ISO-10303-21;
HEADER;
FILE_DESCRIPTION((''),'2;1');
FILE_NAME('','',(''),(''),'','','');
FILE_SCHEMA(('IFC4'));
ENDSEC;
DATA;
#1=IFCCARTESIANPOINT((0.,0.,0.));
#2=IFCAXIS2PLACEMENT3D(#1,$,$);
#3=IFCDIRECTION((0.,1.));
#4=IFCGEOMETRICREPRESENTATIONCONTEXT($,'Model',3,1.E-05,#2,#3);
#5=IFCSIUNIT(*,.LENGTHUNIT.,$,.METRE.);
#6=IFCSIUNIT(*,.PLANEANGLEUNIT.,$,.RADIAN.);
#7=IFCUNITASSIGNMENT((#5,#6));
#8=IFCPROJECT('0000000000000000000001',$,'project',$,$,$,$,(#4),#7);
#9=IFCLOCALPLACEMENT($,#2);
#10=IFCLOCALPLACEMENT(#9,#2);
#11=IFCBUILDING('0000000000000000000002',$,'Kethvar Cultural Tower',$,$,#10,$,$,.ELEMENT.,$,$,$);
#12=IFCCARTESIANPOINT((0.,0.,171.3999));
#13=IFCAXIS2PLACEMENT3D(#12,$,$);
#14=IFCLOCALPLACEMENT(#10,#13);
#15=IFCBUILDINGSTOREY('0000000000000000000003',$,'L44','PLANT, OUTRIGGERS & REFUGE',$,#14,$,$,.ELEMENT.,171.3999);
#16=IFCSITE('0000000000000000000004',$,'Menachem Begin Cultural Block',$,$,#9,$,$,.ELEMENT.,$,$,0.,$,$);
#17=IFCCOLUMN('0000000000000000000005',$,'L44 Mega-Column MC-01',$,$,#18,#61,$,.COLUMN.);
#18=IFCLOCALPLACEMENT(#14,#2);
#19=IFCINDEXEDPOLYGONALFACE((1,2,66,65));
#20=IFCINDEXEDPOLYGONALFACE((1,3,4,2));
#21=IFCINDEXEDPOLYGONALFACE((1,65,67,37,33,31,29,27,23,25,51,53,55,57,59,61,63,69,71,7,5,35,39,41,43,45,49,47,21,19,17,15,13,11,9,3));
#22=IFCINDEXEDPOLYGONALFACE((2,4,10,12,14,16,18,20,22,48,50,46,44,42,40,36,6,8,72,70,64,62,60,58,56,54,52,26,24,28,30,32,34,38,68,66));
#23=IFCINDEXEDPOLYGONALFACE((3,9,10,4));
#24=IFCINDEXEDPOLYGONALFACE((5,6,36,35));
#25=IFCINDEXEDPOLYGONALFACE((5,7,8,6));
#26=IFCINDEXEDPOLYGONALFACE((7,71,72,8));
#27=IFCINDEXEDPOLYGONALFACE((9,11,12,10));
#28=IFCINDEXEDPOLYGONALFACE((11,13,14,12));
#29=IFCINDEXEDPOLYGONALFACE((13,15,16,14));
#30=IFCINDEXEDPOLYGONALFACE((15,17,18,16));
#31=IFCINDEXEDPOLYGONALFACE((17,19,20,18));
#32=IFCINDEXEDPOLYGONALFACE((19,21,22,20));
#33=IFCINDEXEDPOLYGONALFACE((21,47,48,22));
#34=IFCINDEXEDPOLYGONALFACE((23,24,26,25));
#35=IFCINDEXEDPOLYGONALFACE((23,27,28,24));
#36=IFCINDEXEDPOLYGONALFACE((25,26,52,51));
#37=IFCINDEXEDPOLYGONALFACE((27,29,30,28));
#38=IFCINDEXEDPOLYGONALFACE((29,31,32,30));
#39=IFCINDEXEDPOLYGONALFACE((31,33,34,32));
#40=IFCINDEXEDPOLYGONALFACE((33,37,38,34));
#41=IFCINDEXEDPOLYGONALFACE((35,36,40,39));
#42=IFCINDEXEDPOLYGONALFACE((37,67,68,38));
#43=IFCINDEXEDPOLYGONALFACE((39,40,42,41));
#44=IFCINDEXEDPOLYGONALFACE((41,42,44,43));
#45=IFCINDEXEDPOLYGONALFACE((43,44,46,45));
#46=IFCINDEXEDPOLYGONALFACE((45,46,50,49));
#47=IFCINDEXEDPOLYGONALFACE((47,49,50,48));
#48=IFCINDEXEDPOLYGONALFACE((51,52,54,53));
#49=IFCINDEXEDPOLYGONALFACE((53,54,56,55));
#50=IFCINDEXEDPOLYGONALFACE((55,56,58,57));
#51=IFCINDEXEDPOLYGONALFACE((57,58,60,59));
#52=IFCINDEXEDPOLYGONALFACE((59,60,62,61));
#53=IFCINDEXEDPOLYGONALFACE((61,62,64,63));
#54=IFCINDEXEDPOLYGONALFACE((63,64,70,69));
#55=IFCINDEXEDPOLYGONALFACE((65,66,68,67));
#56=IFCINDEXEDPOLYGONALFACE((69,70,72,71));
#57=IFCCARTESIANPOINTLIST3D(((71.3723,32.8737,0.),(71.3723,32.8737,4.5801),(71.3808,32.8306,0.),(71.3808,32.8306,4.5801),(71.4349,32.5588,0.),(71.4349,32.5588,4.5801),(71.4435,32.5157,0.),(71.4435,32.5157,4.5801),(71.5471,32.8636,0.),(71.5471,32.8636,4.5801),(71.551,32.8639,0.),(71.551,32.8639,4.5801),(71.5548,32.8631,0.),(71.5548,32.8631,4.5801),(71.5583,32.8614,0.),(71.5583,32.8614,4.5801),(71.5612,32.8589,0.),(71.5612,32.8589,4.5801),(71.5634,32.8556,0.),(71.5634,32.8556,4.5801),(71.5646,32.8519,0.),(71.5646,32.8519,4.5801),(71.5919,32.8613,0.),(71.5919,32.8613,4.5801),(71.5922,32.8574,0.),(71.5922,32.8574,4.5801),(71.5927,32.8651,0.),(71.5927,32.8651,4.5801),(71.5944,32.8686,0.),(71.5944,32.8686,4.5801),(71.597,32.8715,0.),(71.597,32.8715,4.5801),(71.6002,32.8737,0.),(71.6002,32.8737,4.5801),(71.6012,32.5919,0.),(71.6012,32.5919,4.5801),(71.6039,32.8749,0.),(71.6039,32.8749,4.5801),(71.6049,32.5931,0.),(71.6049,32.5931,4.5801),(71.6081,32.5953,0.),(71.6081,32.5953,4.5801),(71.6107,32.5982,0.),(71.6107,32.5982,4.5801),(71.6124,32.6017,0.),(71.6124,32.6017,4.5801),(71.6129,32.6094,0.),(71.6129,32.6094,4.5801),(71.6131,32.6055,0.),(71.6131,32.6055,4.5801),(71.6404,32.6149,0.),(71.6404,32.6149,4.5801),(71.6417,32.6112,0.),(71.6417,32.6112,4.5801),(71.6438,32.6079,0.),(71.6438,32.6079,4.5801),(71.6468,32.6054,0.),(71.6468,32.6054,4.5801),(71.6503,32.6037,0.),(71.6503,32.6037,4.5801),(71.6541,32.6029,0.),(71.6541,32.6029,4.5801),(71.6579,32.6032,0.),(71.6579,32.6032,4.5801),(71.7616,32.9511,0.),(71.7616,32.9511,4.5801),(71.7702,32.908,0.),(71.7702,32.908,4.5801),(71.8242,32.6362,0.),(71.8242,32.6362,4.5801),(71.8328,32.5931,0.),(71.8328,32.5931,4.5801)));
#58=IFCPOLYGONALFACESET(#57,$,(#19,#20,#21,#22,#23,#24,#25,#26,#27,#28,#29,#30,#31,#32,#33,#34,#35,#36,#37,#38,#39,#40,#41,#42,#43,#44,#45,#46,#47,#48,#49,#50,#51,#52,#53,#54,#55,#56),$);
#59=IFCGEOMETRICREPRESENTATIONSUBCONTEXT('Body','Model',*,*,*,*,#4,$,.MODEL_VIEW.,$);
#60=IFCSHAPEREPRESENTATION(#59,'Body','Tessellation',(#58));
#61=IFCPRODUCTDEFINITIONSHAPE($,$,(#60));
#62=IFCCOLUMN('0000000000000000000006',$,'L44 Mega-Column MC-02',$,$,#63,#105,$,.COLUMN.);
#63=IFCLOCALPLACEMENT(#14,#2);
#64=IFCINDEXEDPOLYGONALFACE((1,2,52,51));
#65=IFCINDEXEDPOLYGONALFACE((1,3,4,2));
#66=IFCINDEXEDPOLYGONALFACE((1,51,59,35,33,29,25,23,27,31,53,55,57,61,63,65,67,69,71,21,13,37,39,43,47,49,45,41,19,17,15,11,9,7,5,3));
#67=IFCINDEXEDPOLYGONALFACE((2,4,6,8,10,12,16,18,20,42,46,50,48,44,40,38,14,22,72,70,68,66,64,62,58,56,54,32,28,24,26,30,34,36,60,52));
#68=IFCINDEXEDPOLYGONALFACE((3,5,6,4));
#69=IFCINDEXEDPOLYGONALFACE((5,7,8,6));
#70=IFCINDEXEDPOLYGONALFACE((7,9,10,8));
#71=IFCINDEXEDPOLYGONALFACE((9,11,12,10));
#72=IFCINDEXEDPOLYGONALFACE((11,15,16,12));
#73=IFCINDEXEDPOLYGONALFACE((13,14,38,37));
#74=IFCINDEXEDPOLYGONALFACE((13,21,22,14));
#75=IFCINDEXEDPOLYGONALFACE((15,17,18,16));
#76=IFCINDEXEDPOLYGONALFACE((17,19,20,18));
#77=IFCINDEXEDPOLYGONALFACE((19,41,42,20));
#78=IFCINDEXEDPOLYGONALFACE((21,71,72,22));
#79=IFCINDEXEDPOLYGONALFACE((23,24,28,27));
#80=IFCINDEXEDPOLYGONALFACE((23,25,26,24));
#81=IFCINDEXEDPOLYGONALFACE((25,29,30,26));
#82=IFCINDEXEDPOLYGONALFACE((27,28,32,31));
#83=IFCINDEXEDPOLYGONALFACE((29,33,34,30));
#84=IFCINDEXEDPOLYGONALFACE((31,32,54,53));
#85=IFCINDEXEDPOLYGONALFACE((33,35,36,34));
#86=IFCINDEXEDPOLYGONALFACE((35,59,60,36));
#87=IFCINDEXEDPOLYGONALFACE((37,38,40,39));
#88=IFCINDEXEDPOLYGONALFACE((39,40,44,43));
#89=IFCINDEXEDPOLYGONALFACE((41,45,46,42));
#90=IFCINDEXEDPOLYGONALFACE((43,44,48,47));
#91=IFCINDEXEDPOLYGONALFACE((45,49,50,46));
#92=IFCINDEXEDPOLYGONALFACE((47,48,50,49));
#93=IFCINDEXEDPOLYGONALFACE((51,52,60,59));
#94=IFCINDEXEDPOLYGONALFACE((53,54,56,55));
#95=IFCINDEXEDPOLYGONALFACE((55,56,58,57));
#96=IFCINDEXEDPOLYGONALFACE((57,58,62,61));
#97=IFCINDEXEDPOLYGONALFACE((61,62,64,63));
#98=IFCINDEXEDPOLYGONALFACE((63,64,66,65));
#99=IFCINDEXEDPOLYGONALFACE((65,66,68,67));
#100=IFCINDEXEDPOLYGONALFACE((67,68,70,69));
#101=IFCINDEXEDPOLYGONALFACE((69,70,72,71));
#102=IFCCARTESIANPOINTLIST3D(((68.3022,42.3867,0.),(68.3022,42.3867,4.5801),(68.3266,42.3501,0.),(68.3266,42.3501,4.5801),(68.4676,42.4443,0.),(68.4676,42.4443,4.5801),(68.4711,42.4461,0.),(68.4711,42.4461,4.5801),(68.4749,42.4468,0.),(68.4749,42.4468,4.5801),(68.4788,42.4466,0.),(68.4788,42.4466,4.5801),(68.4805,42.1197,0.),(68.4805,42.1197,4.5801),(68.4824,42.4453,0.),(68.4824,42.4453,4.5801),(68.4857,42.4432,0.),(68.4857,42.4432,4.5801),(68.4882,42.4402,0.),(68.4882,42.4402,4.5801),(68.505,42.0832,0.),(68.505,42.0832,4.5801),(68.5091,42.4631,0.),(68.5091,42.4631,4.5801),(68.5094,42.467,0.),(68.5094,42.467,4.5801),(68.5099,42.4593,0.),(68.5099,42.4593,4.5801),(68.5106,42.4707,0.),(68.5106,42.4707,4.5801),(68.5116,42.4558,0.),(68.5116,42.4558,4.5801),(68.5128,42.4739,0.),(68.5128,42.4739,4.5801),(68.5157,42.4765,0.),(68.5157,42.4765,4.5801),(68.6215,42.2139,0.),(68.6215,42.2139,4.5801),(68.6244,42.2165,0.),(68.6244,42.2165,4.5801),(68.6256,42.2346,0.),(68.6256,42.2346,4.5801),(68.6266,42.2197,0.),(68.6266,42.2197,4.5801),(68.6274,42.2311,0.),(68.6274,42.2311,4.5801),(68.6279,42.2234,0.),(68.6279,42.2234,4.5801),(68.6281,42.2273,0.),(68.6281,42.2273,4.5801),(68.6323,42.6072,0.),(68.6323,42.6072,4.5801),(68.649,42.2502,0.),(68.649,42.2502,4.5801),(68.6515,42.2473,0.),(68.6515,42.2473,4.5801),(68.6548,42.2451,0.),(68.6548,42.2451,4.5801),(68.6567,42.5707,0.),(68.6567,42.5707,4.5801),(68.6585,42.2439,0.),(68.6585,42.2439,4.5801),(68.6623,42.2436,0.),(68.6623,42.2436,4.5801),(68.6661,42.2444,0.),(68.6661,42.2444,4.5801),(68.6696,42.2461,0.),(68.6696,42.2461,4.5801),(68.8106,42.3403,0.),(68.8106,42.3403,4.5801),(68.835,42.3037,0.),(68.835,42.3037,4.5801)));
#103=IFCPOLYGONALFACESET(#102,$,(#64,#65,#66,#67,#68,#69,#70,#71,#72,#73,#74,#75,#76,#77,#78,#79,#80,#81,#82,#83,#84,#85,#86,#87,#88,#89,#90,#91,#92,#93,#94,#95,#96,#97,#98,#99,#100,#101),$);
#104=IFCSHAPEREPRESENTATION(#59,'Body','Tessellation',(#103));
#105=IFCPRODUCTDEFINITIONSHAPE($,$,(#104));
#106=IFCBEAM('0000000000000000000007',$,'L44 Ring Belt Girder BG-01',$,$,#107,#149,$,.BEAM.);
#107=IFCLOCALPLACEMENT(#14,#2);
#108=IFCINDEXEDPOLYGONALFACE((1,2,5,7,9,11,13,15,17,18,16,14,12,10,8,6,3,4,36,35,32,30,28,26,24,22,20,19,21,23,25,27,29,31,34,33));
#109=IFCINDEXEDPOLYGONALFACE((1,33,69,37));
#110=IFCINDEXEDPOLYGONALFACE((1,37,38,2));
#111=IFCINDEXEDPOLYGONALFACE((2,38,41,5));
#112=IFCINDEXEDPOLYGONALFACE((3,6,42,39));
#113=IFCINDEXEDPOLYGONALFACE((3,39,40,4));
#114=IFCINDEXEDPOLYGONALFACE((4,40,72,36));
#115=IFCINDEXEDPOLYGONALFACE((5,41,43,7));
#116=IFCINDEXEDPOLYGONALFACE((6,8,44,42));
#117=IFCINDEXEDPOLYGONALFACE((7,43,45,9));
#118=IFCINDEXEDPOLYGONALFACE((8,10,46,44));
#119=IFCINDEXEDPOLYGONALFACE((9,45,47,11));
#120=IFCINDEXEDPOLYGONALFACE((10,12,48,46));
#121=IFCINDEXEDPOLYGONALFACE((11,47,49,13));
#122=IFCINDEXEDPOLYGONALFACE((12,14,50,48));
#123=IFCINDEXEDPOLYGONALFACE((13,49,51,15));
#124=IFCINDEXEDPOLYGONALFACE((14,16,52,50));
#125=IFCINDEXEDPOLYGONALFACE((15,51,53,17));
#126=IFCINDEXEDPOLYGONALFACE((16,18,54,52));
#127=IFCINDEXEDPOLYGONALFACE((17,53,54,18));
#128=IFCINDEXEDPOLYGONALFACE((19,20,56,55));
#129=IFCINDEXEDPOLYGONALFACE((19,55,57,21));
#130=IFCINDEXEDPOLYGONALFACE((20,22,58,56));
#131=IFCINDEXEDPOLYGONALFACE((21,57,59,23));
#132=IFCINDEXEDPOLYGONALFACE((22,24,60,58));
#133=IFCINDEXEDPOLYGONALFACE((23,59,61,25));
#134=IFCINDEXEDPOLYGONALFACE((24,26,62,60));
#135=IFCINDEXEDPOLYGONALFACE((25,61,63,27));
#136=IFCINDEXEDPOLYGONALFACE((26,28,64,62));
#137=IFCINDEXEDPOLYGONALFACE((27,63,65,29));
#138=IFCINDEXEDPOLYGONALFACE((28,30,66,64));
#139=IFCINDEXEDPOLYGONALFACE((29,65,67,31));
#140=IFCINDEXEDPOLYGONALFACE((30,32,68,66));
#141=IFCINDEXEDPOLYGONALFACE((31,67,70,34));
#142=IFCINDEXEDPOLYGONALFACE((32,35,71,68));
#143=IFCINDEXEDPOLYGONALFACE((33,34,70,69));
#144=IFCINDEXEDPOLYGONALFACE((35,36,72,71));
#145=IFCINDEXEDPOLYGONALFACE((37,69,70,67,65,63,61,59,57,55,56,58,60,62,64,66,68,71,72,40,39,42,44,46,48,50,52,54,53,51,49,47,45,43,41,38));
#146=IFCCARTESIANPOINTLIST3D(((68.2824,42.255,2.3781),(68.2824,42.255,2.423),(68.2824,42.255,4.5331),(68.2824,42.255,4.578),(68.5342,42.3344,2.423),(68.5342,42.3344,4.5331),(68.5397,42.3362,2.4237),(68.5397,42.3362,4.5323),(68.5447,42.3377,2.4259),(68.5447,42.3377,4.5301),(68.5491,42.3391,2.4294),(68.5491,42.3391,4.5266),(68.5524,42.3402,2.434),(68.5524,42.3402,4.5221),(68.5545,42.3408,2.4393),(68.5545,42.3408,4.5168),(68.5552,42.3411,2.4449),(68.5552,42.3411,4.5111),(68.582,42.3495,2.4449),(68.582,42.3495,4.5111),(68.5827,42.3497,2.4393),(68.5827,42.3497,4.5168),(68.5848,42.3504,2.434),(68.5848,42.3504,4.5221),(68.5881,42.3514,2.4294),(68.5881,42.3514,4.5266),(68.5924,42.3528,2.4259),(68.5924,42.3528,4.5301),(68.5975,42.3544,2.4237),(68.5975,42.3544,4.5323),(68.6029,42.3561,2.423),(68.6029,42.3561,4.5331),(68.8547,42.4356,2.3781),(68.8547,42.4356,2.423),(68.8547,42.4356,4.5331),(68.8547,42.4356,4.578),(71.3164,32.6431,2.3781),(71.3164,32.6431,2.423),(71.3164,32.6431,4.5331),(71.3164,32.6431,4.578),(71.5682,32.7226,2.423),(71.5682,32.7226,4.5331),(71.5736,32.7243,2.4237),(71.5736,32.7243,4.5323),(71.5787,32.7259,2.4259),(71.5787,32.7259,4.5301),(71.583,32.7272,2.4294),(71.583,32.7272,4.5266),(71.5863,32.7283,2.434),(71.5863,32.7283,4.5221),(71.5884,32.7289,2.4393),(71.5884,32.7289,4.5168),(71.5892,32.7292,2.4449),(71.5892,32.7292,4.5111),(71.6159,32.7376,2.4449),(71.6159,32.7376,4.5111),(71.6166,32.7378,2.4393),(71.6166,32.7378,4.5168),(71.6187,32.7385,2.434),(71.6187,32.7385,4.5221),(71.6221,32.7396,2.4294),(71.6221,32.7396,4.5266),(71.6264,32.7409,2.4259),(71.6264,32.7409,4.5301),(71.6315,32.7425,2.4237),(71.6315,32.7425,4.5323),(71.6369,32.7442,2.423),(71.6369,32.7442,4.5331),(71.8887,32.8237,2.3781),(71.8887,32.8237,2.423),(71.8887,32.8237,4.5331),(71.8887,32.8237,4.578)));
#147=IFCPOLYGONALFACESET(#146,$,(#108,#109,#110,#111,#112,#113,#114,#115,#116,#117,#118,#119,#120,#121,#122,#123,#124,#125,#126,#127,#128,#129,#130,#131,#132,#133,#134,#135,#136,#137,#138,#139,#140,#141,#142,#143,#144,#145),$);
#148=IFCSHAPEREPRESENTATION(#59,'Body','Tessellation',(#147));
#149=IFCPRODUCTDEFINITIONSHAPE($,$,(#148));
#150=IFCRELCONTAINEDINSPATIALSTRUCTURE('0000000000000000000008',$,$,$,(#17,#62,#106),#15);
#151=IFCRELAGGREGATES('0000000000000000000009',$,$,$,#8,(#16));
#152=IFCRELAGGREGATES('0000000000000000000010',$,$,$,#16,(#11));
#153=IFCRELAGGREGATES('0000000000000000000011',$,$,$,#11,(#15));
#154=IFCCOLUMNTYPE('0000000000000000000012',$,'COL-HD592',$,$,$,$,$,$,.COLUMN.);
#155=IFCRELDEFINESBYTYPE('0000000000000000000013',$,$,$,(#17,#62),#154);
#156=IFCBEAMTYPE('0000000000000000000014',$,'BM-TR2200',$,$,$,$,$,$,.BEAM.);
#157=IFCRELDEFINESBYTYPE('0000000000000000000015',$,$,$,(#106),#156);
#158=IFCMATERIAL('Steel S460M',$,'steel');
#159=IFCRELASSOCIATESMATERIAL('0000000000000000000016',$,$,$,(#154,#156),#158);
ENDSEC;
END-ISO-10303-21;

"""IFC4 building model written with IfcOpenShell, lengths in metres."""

from ifc_helpers import new_model, si_unit, direction, frame, origin, origin_2d, place, context, subcontext, project, spatial, i_section, extrude, source, transform, mapped, material, material_profile, profile_set, type_object, element, save


model = new_model("IFC4")

# Units and contexts
model_context = context("Model", 3, precision=1e-05, world=origin(), true_north=direction((0.0, 1.0)))
body_context = subcontext(model_context, "Body", "Model", "MODEL_VIEW")
ifc_project = project(units=[si_unit("LENGTHUNIT", "METRE"), si_unit("PLANEANGLEUNIT", "RADIAN")], contexts=[model_context])

# Site, building, storey
site_placement = place(None, origin())
site = spatial("IfcSite", under=ifc_project, at=site_placement, Name="Menachem Begin Cultural Block", CompositionType="ELEMENT", RefElevation=0.0)
building_placement = place(site_placement, origin())
building = spatial("IfcBuilding", under=site, at=building_placement, Name="Kethvar Cultural Tower", CompositionType="ELEMENT")
storey_placement = place(building_placement, frame((0.0, 0.0, 171.3999)))
storey = spatial("IfcBuildingStorey", under=building, at=storey_placement, Name="L44", Description="PLANT, OUTRIGGERS & REFUGE", CompositionType="ELEMENT", Elevation=171.3999)

# Columns
ifc_material_1 = material(Name="Steel S460M", Category="steel")
ifc_material_profile_1 = material_profile(ifc_material_1, i_section(OverallWidth=0.397, OverallDepth=0.365, WebThickness=0.0281, FlangeThickness=0.0439, FilletRadius=0.0149, at=origin_2d()), Name="Steel S460M — HD400x592")
ifc_profile_set_1 = profile_set([ifc_material_profile_1], Name="Steel S460M — HD400x592")
column_type = type_object("IfcColumnType", Name="COL-HD592", PredefinedType="COLUMN", material=ifc_profile_set_1)
shared_shape_1 = source(origin(), body_context, "Body", "SweptSolid", [
    extrude(i_section(OverallWidth=0.397, OverallDepth=0.365, WebThickness=0.0281, FlangeThickness=0.0439, FilletRadius=0.0149, at=origin_2d()), origin(), (0.0, 0.0, 1.0), 4.5801),
])
for number, where, z_axis, x_axis, name in (
    (1, (71.6025, 32.7334, 0.0), (0.0, 0.0, 1.0), (0.980785, 0.19509, 0.0), "L44 Mega-Column MC-01"),
    (2, (68.5686, 42.3452, 0.0), (0.0, 0.0, 1.0), (0.83147, 0.55557, 0.0), "L44 Mega-Column MC-02"),
):
    element("IfcColumn", number, at=place(storey_placement, frame(where, z_axis=z_axis, x_axis=x_axis)), inside=storey, type_object=column_type, Name=name, PredefinedType="COLUMN", context=body_context, shape_type="MappedRepresentation", body=[
        mapped(shared_shape_1, transform((0.0, 0.0, 0.0), scale=1.0)),
    ])

# Beam
ifc_material_profile_2 = material_profile(ifc_material_1, i_section(OverallWidth=0.6001, OverallDepth=2.2, WebThickness=0.0281, FlangeThickness=0.0449, FilletRadius=0.022, at=origin_2d()), Name="Steel S460M — PG2200x600x45x28")
ifc_profile_set_2 = profile_set([ifc_material_profile_2], Name="Steel S460M — PG2200x600x45x28")
beam_type = type_object("IfcBeamType", Name="BM-TR2200", PredefinedType="BEAM", material=ifc_profile_set_2)
shared_shape_2 = source(origin(), body_context, "Body", "SweptSolid", [
    extrude(i_section(OverallWidth=0.6001, OverallDepth=2.2, WebThickness=0.0281, FlangeThickness=0.0449, FilletRadius=0.022, at=origin_2d()), origin(), (0.0, 0.0, 1.0), 10.0793),
])
beam_1_placement = place(storey_placement, frame((71.6025, 32.7334, 3.478), z_axis=(-0.301007, 0.953622, 0.0), x_axis=(-0.953622, -0.301007, 0.0)))
element("IfcBeam", 3, at=beam_1_placement, inside=storey, type_object=beam_type, Name="L44 Ring Belt Girder BG-01", PredefinedType="BEAM", context=body_context, shape_type="MappedRepresentation", body=[
    mapped(shared_shape_2, transform((0.0, 0.0, 0.0), scale=1.0)),
])

save(model, "model.ifc")
